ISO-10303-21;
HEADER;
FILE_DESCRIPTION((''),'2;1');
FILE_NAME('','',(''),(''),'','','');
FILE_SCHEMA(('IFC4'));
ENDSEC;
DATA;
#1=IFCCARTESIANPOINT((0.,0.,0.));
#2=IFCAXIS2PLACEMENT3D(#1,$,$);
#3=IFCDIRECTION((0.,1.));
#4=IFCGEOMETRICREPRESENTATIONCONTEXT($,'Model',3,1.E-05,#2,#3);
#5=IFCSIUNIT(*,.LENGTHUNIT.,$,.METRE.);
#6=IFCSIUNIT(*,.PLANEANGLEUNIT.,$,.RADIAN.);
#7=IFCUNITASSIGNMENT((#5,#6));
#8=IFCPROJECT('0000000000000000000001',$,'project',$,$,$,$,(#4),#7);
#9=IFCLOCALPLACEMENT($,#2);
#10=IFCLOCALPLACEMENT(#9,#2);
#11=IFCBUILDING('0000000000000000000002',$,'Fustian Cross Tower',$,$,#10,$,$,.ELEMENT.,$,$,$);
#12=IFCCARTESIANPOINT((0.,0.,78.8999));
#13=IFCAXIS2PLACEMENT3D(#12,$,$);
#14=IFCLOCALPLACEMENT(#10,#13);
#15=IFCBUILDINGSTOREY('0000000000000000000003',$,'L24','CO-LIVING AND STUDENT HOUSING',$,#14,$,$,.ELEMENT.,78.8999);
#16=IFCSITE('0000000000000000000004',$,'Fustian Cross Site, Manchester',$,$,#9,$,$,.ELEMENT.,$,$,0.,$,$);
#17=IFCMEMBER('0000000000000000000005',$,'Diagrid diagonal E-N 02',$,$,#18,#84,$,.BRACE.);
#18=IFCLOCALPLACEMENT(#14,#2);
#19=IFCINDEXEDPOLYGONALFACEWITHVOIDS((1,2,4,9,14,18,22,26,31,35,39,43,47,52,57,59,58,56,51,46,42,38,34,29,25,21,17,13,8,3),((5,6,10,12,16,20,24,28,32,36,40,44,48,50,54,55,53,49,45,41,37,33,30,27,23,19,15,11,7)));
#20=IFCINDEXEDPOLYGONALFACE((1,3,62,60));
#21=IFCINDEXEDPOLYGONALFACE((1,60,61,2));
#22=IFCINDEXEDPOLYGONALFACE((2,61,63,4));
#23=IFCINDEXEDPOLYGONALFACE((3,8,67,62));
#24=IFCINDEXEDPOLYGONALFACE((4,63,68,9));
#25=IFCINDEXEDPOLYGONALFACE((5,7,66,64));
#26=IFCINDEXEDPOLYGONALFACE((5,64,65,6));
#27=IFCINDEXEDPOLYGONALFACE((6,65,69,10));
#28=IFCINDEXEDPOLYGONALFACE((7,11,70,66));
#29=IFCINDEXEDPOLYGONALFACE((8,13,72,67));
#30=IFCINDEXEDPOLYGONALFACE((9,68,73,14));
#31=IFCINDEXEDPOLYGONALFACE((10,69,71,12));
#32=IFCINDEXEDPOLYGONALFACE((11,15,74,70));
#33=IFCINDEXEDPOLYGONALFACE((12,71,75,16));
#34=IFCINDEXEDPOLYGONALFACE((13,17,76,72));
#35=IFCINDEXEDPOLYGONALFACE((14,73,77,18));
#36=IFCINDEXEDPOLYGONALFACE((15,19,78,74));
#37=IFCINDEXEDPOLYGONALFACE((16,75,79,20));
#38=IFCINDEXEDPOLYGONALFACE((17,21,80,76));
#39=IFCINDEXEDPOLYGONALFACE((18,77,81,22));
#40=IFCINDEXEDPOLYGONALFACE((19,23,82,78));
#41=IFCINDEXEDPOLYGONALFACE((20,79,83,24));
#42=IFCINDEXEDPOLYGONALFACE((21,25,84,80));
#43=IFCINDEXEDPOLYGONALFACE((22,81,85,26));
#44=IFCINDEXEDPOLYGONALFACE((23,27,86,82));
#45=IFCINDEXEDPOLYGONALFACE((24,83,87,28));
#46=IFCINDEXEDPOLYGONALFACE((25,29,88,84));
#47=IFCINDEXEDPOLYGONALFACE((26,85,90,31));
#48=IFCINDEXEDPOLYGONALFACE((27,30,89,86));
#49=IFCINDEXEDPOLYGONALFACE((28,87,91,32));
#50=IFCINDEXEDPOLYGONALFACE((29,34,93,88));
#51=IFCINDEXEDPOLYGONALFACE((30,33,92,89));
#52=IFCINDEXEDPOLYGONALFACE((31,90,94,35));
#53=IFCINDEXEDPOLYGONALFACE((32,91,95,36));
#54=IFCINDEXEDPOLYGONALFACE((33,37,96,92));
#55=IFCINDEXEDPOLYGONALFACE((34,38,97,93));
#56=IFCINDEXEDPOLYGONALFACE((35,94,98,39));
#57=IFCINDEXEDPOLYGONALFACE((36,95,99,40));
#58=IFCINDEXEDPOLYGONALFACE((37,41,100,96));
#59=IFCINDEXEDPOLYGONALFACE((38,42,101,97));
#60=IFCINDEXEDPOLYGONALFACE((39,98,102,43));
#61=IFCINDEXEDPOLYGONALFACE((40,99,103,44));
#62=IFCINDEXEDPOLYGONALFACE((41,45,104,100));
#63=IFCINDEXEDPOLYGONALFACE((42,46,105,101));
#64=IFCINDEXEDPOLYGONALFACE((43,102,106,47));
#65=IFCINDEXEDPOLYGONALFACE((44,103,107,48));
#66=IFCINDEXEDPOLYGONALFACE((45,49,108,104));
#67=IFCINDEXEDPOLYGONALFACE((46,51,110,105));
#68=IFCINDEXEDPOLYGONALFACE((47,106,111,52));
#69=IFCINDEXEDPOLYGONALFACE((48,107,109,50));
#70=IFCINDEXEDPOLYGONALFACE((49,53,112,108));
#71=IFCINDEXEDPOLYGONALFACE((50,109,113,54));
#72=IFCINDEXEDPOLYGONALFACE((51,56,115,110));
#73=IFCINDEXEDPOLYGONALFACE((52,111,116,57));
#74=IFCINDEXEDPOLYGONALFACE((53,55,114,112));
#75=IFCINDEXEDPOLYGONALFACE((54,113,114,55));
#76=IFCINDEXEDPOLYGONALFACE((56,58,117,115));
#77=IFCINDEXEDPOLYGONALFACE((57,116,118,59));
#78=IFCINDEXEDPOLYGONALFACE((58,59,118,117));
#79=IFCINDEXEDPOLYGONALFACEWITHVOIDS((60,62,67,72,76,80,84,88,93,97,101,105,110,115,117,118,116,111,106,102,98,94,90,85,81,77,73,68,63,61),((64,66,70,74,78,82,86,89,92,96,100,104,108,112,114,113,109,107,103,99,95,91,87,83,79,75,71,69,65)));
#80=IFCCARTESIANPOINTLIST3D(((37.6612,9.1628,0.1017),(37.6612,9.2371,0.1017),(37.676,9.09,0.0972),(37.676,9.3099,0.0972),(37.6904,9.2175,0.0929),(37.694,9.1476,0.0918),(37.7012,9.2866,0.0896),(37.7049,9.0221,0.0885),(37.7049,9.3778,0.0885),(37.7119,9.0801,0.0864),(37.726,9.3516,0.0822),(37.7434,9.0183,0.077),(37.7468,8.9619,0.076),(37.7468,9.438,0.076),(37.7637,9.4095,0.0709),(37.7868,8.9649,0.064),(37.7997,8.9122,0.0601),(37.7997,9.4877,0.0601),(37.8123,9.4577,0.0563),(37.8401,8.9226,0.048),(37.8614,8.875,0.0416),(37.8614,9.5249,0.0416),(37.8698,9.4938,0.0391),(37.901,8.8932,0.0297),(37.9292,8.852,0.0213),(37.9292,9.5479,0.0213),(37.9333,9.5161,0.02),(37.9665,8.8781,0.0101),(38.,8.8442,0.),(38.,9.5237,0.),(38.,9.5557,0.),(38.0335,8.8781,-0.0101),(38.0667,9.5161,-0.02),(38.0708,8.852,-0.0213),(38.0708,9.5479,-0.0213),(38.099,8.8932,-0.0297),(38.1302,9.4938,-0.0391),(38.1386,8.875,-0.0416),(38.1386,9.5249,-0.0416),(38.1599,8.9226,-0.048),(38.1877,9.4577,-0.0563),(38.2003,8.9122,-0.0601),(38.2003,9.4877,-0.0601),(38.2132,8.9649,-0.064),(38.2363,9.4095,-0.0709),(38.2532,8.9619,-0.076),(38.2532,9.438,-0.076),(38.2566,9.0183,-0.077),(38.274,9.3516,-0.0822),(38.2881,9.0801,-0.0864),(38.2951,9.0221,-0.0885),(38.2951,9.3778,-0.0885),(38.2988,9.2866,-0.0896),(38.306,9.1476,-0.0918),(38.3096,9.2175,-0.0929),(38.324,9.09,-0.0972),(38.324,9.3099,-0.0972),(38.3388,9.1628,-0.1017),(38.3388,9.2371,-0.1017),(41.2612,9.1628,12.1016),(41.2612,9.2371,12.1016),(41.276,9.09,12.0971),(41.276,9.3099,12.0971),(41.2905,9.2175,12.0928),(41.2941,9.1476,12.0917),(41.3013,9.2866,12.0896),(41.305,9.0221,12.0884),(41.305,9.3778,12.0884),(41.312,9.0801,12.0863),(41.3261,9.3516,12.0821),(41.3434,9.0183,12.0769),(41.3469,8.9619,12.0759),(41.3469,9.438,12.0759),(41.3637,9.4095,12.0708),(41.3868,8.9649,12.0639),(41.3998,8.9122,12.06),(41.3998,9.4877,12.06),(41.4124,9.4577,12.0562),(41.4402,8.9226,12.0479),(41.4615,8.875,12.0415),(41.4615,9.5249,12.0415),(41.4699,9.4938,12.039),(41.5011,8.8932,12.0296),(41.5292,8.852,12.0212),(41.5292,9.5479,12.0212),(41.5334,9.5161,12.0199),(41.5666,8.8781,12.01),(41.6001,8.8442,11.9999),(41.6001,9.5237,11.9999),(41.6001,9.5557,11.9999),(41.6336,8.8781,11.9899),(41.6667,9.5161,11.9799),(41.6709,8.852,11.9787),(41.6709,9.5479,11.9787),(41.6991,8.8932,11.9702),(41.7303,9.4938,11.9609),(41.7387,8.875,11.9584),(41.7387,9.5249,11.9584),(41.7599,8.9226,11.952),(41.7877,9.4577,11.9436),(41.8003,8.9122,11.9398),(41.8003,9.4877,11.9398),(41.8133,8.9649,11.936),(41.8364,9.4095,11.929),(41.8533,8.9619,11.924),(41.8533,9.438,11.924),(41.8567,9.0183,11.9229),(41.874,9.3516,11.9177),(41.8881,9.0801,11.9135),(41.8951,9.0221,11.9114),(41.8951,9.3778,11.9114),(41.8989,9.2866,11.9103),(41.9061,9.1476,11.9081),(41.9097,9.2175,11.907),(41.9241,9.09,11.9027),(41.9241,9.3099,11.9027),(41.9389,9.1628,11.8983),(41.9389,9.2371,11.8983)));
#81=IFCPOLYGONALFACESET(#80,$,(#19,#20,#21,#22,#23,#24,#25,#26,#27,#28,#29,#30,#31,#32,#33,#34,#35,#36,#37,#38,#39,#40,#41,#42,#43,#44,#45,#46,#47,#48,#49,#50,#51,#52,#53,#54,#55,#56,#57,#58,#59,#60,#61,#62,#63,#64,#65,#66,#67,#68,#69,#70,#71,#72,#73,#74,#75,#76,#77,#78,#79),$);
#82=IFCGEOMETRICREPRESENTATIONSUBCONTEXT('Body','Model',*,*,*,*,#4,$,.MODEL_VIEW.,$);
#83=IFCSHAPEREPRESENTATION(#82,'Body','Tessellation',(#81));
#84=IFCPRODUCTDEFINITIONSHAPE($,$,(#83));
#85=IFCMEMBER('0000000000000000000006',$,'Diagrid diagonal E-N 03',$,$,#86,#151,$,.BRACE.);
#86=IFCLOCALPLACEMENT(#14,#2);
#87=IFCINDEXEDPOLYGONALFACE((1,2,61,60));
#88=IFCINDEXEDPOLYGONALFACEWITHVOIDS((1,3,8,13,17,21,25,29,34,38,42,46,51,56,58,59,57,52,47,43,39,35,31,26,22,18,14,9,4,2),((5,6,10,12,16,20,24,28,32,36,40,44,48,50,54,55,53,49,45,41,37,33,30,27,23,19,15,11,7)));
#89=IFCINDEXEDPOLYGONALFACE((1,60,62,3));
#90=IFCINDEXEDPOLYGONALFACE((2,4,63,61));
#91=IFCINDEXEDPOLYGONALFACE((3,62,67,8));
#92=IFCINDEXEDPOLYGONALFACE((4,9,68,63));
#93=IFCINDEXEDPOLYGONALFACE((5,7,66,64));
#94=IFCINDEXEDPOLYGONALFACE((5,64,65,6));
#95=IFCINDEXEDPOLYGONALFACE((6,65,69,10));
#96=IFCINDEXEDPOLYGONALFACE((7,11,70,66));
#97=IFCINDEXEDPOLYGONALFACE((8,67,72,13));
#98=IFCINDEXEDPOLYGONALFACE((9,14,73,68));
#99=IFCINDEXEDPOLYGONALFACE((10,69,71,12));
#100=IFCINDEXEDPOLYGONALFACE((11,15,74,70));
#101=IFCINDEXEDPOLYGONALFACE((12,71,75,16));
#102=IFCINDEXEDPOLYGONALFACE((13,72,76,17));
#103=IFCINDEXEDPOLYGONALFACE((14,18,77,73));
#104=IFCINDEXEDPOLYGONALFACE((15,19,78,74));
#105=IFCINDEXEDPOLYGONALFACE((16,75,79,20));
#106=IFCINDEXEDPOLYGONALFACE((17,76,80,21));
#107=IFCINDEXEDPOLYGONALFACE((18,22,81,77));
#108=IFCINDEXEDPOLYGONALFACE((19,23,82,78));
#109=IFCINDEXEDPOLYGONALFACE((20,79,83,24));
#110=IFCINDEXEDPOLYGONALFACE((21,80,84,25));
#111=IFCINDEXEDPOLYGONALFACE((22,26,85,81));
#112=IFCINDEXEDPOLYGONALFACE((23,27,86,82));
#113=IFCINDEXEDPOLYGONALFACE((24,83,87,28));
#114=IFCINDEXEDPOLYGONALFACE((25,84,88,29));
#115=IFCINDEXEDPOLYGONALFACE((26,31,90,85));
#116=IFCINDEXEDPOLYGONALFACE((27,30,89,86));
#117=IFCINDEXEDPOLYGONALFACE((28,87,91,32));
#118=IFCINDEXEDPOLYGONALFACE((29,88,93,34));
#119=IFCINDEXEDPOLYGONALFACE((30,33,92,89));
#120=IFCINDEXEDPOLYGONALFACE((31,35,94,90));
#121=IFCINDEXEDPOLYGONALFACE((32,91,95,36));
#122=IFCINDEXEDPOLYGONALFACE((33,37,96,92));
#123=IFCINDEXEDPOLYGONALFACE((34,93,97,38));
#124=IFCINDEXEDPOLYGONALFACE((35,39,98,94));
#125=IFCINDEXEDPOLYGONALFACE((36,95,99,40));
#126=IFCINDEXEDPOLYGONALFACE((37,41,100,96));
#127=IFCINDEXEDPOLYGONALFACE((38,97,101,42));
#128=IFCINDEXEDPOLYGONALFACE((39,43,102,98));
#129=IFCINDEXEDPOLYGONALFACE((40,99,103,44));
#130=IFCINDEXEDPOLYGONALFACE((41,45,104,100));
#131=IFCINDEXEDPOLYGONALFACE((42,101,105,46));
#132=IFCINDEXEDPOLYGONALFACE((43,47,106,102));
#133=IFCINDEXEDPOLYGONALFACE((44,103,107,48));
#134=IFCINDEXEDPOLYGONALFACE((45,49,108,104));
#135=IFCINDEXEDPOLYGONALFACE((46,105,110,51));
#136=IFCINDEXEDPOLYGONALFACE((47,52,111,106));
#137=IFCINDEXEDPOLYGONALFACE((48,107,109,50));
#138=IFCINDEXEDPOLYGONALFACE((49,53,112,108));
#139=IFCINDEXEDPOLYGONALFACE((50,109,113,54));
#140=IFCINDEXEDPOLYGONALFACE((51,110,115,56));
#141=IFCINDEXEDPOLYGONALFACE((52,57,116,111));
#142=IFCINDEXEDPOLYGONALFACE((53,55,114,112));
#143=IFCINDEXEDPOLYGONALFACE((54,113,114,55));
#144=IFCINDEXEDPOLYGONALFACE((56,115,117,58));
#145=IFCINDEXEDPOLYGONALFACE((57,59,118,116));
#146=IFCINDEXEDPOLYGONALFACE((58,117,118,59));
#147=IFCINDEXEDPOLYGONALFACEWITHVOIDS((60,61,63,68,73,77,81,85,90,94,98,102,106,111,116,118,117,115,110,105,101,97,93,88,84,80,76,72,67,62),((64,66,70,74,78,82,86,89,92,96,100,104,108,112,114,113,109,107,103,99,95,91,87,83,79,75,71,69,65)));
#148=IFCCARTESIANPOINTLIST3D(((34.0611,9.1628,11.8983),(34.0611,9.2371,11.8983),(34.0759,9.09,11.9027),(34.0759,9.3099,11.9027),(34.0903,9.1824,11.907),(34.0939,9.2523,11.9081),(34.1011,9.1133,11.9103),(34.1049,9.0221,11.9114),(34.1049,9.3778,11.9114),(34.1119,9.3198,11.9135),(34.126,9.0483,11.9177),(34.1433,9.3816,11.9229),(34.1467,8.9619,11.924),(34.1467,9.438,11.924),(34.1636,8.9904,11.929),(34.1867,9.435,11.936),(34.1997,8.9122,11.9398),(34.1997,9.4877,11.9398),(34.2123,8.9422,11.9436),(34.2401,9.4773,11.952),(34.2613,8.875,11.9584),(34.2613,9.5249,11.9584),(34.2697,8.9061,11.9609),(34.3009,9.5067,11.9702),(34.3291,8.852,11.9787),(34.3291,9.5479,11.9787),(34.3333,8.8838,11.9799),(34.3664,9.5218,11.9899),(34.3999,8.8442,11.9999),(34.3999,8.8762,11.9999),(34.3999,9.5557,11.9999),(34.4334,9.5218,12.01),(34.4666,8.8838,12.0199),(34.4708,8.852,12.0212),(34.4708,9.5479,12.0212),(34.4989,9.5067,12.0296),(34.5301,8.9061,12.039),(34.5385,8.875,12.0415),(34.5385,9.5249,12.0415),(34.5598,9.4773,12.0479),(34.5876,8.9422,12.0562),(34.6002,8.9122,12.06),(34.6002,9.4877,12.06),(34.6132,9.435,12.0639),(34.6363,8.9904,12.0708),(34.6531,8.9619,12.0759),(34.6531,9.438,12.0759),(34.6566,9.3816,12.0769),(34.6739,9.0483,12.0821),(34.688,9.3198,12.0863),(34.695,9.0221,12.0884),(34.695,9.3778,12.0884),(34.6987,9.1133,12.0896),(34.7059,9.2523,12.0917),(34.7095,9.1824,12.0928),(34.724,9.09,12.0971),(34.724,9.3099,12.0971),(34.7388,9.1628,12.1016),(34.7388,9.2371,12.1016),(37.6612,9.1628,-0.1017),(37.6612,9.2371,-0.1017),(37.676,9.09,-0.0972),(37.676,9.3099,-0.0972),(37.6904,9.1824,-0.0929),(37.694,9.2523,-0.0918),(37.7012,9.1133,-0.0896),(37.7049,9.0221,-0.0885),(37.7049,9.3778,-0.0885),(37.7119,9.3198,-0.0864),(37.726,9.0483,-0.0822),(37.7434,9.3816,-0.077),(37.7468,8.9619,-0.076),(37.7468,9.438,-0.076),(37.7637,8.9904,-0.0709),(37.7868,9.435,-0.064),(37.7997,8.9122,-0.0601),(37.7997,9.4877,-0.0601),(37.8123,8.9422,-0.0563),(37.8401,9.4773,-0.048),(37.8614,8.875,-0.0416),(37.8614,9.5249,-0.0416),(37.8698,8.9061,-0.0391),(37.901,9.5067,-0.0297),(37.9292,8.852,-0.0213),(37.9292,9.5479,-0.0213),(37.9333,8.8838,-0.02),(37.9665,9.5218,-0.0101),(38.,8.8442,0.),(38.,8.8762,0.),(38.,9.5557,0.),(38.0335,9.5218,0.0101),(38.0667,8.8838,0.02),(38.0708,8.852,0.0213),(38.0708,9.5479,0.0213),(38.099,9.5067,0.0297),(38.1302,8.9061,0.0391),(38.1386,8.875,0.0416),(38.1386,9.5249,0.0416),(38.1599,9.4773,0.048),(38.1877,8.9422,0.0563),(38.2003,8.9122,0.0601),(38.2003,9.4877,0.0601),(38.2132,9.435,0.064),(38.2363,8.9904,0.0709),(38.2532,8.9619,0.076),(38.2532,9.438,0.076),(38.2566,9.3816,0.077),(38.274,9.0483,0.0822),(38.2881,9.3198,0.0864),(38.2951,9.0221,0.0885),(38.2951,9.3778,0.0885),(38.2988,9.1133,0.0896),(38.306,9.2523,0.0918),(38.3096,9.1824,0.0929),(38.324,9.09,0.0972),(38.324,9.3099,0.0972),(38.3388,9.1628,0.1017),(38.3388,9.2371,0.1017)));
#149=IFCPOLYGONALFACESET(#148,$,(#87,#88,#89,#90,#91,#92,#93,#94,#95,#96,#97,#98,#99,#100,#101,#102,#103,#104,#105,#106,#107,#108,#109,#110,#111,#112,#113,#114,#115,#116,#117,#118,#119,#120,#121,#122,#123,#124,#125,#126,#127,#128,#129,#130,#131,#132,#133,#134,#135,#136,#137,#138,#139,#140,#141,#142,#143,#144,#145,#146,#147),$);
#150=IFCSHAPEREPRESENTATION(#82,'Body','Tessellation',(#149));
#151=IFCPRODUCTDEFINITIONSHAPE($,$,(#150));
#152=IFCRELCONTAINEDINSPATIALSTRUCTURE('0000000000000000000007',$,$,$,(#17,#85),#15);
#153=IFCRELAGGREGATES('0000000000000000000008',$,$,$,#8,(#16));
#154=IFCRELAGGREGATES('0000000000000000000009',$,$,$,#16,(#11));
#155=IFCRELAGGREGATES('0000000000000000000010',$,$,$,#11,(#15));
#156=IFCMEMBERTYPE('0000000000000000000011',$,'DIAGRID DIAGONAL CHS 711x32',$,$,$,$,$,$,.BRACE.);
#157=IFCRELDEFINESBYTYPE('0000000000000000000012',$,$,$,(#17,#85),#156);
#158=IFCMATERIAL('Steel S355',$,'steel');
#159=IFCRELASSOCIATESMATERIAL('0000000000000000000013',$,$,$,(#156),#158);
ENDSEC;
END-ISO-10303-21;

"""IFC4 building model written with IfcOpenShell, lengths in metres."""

from ifc_helpers import new_model, si_unit, direction, frame, origin, origin_2d, place, context, subcontext, project, spatial, hollow_circle, extrude, material, material_profile, profile_set, type_object, element, save


model = new_model("IFC4")

# Units and contexts
model_context = context("Model", 3, precision=1e-05, world=origin(), true_north=direction((0.0, 1.0)))
body_context = subcontext(model_context, "Body", "Model", "MODEL_VIEW")
ifc_project = project(units=[si_unit("LENGTHUNIT", "METRE"), si_unit("PLANEANGLEUNIT", "RADIAN")], contexts=[model_context])

# Site, building, storey
site_placement = place(None, origin())
site = spatial("IfcSite", under=ifc_project, at=site_placement, Name="Fustian Cross Site, Manchester", CompositionType="ELEMENT", RefElevation=0.0)
building_placement = place(site_placement, origin())
building = spatial("IfcBuilding", under=site, at=building_placement, Name="Fustian Cross Tower", CompositionType="ELEMENT")
storey_placement = place(building_placement, frame((0.0, 0.0, 78.8999)))
storey = spatial("IfcBuildingStorey", under=building, at=storey_placement, Name="L24", Description="CO-LIVING AND STUDENT HOUSING", CompositionType="ELEMENT", Elevation=78.8999)

# Members
ifc_material_1 = material(Name="Steel S355", Category="steel")
ifc_material_profile_1 = material_profile(ifc_material_1, hollow_circle(Radius=0.3557, WallThickness=0.032, at=origin_2d()), Name="CHS 711x32")
ifc_profile_set_1 = profile_set([ifc_material_profile_1], Name="Steel S355")
member_type_1 = type_object("IfcMemberType", Name="DIAGRID DIAGONAL CHS 711x32", PredefinedType="BRACE", material=ifc_profile_set_1)
for number, where, z_axis, x_axis, name in (
    (1, (38.0, 9.2, 0.0), (0.287355, 0.0, 0.957824), (0.0, 1.0, 0.0), "Diagrid diagonal E-N 02"),
    (2, (38.0, 9.2, 0.0), (-0.287355, 0.0, 0.957824), (0.0, -1.0, 0.0), "Diagrid diagonal E-N 03"),
):
    element("IfcMember", number, at=place(storey_placement, frame(where, z_axis=z_axis, x_axis=x_axis)), inside=storey, type_object=member_type_1, Name=name, PredefinedType="BRACE", context=body_context, shape_type="SweptSolid", body=[
        extrude(hollow_circle(Radius=0.3557, WallThickness=0.032, at=origin_2d()), origin(), (0.0, 0.0, 1.0), 12.5283),
    ])

save(model, "model.ifc")
